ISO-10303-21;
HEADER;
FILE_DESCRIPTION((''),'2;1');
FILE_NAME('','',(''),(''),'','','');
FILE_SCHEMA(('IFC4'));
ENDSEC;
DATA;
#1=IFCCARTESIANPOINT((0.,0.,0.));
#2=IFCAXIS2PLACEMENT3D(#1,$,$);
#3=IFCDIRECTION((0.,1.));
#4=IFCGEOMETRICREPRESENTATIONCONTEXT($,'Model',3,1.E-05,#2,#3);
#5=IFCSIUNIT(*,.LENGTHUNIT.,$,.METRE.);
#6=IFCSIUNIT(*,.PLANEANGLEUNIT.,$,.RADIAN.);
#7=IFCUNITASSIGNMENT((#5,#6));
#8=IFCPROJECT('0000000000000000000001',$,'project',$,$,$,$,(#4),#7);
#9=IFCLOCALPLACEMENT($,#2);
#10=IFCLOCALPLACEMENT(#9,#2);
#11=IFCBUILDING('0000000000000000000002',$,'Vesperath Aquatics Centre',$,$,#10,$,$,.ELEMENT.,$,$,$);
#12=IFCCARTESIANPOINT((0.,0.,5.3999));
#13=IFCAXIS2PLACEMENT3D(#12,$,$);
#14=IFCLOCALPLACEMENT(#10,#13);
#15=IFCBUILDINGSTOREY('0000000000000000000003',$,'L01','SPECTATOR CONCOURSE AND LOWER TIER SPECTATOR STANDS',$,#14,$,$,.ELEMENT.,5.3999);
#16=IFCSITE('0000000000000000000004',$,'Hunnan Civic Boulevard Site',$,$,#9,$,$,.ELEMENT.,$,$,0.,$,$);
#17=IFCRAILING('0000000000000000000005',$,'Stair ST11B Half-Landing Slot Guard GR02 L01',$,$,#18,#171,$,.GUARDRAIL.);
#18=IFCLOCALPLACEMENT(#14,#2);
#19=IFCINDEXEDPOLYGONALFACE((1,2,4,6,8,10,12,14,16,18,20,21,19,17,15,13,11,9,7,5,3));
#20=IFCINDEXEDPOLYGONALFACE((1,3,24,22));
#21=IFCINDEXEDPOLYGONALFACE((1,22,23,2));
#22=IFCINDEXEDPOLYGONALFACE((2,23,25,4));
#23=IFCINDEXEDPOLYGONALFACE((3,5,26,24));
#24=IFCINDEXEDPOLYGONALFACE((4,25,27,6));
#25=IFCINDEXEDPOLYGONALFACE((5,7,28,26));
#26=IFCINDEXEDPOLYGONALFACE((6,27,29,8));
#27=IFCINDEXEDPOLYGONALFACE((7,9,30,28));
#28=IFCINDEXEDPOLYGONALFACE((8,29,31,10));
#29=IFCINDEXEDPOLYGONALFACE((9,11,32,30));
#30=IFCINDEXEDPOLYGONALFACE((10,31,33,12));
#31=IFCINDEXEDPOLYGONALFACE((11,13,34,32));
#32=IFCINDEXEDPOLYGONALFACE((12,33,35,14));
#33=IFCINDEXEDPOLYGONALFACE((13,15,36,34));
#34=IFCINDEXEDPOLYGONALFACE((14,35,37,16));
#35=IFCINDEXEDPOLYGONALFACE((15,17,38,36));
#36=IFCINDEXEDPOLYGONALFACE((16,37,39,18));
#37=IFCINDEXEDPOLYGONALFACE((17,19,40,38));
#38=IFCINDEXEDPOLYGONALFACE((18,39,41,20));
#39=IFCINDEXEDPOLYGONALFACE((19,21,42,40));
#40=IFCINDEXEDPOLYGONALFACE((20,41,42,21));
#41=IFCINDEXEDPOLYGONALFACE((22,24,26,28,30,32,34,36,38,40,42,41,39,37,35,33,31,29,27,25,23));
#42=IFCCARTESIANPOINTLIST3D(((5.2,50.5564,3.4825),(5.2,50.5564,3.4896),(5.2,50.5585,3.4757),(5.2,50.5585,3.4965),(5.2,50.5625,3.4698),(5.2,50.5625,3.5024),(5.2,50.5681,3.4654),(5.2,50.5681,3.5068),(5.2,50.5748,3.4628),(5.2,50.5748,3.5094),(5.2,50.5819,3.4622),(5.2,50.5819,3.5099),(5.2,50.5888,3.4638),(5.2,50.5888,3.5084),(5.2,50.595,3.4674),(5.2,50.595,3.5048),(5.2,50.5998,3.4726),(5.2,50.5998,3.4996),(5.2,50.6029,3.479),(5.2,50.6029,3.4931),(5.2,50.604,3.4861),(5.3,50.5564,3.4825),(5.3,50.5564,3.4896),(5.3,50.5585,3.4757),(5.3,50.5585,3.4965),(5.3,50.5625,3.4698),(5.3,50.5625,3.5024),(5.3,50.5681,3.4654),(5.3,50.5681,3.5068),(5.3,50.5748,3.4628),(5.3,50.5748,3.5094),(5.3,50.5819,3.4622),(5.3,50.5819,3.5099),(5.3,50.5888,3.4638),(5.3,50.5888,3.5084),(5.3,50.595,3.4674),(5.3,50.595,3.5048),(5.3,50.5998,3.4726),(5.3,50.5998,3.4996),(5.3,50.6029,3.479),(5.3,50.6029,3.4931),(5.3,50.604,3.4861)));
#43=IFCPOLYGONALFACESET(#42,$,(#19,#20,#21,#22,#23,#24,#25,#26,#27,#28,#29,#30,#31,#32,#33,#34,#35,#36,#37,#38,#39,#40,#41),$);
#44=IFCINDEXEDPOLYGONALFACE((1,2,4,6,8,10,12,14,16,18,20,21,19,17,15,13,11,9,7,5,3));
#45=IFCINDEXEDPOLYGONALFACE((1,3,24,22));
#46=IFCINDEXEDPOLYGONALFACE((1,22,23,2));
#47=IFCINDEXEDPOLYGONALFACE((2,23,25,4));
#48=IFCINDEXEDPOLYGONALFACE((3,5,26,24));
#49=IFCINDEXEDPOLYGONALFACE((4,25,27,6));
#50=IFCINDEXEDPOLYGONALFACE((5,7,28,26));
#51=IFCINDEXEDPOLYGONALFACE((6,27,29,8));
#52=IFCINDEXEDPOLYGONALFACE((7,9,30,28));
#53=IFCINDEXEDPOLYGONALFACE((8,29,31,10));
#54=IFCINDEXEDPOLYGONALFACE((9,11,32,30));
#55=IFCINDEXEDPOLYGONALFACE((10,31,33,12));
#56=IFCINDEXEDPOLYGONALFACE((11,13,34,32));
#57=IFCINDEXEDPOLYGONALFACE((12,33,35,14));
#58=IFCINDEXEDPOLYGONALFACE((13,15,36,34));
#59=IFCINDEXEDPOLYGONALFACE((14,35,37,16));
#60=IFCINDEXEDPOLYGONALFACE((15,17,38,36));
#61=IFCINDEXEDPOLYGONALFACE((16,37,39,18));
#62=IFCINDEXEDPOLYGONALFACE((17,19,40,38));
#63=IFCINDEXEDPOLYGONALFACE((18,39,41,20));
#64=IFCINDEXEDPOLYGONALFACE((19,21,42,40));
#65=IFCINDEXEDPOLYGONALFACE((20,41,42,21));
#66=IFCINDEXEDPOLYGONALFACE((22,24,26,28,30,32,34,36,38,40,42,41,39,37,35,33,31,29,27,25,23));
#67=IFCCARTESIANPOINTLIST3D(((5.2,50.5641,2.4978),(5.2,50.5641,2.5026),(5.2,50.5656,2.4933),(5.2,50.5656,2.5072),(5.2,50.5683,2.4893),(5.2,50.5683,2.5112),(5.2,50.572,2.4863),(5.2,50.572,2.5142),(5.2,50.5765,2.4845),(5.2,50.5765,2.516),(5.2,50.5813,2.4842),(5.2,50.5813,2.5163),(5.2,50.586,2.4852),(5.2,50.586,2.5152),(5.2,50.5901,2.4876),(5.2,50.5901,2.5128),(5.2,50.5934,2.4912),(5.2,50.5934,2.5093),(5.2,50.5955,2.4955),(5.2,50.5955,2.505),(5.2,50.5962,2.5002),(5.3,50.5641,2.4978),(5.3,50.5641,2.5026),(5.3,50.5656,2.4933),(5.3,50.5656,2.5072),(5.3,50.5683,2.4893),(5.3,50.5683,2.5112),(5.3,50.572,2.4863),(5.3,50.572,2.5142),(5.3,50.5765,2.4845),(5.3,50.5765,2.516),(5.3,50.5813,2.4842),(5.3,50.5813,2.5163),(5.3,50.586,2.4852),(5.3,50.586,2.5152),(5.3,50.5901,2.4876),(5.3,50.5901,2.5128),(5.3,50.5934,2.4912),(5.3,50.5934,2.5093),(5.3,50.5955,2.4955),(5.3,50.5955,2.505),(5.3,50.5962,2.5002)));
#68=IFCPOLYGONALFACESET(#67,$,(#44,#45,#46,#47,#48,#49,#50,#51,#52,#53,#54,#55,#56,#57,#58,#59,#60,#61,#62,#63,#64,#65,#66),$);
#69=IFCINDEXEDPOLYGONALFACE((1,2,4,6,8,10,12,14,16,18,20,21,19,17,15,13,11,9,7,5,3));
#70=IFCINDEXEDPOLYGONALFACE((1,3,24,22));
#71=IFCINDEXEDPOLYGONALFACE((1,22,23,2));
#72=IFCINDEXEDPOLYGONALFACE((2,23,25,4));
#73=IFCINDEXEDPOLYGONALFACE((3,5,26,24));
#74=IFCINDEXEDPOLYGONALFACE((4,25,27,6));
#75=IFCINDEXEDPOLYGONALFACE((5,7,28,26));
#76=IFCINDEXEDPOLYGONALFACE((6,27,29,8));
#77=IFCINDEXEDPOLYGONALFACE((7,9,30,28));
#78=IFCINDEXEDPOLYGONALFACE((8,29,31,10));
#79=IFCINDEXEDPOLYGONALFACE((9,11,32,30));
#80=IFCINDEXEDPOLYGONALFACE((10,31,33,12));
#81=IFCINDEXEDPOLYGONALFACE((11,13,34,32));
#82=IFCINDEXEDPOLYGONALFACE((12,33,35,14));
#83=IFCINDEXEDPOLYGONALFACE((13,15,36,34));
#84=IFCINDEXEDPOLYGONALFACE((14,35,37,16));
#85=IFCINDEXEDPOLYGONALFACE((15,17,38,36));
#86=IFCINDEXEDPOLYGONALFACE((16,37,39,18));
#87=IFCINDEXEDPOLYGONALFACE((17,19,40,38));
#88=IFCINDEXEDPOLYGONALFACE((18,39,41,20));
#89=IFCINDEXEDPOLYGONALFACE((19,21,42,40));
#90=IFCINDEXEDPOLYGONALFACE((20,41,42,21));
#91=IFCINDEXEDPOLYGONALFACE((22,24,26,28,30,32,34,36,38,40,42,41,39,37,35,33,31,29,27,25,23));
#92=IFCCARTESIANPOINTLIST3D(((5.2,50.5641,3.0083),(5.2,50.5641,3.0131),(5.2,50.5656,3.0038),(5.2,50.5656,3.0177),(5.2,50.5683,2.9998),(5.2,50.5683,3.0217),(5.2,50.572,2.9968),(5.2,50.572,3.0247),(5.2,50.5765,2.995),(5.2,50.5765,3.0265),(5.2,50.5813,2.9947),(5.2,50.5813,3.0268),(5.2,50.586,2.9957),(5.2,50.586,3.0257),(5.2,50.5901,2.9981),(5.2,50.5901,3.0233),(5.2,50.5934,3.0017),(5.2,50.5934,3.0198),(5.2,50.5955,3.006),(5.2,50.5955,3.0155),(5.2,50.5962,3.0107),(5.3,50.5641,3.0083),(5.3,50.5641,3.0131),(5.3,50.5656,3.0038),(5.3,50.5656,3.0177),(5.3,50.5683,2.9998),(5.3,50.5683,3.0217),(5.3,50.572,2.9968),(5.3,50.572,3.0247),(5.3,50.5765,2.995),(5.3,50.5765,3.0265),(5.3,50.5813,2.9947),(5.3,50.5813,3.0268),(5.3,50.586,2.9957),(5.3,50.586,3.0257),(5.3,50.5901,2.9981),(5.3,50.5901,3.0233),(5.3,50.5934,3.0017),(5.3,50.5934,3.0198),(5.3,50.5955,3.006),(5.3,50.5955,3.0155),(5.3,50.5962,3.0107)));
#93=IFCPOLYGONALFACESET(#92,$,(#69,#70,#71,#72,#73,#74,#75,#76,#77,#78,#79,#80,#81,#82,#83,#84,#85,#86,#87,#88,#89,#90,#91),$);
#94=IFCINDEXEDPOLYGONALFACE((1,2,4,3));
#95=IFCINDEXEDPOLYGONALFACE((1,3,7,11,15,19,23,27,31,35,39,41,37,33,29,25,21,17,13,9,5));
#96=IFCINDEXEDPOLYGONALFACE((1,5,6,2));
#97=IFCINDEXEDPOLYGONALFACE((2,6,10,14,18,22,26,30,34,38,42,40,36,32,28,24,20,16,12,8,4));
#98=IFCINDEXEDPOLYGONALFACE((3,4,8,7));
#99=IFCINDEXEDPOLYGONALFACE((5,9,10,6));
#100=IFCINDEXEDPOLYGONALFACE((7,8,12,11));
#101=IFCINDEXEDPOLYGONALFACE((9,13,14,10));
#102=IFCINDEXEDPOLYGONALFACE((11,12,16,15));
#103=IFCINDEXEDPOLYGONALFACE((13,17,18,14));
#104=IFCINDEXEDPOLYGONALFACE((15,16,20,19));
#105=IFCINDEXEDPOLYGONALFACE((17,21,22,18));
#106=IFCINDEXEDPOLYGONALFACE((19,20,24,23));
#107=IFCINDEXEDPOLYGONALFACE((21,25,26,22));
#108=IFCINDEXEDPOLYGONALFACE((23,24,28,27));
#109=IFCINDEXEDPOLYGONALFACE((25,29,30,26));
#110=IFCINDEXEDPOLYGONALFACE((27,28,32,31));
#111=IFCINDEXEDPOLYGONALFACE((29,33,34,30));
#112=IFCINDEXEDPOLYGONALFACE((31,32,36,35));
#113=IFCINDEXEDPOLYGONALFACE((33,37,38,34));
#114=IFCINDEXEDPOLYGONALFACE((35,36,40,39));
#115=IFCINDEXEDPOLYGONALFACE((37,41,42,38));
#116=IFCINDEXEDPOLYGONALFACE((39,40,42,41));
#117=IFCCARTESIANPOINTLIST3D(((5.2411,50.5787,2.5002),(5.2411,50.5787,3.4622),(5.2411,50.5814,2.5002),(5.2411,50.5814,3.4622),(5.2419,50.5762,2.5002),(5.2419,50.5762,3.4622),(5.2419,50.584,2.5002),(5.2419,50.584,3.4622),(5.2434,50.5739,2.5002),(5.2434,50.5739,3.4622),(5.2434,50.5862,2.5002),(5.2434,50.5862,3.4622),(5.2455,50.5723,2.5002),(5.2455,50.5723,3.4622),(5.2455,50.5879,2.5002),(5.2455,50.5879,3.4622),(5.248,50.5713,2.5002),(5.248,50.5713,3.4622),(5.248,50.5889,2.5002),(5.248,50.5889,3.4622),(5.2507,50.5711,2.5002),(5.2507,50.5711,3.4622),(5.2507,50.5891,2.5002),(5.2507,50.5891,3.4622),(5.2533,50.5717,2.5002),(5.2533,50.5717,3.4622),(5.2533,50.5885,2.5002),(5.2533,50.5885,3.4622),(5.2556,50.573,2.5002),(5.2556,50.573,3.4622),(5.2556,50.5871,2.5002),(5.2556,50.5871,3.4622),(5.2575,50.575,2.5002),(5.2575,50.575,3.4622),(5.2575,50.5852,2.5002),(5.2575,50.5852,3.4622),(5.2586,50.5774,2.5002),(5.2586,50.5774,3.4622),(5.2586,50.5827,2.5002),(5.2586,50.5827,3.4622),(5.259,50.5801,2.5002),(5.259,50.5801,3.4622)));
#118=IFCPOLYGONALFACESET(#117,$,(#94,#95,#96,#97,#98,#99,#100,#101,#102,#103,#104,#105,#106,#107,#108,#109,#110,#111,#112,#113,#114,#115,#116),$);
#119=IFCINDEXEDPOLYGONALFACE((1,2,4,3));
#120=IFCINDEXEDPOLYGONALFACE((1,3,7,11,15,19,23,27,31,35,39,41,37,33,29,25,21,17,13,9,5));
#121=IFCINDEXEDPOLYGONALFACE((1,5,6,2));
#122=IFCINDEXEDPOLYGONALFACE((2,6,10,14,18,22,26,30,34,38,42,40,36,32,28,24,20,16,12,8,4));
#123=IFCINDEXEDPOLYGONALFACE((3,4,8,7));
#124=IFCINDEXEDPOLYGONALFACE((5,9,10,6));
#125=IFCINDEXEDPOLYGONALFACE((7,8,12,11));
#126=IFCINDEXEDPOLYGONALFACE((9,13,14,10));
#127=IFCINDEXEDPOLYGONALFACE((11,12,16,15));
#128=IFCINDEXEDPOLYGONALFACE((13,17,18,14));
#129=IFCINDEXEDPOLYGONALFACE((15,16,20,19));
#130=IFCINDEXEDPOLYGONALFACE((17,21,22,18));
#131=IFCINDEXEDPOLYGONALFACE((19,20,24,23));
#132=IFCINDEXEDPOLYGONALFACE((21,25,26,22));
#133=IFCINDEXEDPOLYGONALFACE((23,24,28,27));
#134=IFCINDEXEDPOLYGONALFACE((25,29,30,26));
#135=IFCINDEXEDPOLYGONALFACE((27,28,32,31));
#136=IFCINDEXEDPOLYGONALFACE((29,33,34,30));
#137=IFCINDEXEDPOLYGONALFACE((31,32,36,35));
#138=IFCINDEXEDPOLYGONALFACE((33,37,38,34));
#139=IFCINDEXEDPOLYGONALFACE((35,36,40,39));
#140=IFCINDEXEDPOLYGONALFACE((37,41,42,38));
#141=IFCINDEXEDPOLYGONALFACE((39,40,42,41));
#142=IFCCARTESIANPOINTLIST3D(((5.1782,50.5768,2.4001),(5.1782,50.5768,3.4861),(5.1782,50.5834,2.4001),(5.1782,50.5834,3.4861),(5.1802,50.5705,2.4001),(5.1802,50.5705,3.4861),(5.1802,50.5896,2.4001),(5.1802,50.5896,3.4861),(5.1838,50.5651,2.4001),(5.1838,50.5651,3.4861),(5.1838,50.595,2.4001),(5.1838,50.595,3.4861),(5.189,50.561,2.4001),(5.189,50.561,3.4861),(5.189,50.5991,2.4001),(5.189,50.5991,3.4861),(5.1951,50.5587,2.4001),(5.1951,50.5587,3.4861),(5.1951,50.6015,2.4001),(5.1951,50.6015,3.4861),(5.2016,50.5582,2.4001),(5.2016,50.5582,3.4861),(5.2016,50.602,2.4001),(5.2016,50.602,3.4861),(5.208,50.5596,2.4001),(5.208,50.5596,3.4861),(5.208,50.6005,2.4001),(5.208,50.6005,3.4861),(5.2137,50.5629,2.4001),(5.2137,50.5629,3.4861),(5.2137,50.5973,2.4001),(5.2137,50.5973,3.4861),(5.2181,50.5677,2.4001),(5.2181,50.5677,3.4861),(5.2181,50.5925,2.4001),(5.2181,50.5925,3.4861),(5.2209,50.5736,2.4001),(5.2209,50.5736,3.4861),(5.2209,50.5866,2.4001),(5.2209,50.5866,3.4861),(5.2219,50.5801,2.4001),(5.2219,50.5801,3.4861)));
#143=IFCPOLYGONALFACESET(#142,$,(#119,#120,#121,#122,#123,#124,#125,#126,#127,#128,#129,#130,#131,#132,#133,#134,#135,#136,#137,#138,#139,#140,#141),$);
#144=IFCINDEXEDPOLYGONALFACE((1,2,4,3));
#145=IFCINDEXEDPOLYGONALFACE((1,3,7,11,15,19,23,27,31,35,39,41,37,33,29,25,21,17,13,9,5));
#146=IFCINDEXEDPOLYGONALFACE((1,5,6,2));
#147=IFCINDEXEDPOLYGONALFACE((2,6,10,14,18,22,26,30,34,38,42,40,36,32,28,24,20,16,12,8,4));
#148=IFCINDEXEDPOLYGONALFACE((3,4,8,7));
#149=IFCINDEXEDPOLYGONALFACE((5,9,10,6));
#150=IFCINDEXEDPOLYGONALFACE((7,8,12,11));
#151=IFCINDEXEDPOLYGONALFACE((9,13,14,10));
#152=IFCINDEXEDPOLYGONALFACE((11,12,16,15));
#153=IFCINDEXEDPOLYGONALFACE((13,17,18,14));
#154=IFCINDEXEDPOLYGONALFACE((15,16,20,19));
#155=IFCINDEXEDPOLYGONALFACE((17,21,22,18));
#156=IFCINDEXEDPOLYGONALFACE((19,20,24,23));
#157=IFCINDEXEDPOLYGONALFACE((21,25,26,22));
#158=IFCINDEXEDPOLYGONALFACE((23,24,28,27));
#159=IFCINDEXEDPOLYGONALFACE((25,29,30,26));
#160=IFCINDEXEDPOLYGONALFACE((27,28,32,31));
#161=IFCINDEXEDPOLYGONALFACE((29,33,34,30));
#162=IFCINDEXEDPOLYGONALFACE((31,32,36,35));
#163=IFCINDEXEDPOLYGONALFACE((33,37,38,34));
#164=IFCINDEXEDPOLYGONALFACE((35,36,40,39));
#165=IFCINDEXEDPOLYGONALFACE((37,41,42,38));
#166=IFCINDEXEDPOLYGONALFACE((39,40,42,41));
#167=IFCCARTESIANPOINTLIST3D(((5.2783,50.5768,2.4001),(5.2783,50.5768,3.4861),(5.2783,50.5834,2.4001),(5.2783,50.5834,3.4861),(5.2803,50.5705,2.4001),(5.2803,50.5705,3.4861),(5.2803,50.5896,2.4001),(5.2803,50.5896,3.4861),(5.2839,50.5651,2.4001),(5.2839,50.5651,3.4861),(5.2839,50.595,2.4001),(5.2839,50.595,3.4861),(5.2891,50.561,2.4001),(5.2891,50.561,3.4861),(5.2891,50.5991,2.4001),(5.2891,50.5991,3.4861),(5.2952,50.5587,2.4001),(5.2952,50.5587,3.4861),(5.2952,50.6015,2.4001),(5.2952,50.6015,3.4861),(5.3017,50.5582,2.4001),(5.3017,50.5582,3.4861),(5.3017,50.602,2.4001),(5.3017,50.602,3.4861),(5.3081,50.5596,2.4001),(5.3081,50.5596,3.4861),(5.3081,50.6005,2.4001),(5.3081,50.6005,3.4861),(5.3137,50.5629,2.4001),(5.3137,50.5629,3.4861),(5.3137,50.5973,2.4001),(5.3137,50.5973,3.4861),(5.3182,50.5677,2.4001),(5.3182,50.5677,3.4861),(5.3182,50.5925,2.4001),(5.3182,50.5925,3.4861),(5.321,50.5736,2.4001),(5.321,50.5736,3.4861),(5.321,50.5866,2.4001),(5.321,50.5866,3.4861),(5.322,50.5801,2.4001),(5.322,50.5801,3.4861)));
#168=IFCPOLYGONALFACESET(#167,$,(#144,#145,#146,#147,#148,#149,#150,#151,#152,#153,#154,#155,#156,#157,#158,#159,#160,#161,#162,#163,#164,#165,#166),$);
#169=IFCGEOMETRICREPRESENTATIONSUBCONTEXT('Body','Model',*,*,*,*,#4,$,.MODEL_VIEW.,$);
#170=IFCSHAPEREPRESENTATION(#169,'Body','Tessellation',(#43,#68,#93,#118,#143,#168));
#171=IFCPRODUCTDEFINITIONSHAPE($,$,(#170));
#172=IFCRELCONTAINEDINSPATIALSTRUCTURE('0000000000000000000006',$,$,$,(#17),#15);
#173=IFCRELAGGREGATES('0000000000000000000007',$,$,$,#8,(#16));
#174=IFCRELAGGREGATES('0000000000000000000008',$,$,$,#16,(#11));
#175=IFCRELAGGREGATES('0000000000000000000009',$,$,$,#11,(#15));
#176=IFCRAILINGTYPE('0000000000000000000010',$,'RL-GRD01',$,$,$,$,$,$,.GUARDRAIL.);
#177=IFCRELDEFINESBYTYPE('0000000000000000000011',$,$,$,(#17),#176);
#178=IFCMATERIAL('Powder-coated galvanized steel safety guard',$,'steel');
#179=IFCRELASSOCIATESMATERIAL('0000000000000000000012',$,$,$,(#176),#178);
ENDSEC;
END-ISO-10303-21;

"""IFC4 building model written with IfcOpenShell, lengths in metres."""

from ifc_helpers import new_model, si_unit, direction, frame, origin, origin_2d, place, context, subcontext, project, spatial, circle, extrude, material, type_object, element, save


model = new_model("IFC4")

# Units and contexts
model_context = context("Model", 3, precision=1e-05, world=origin(), true_north=direction((0.0, 1.0)))
body_context = subcontext(model_context, "Body", "Model", "MODEL_VIEW")
ifc_project = project(units=[si_unit("LENGTHUNIT", "METRE"), si_unit("PLANEANGLEUNIT", "RADIAN")], contexts=[model_context])

# Site, building, storey
site_placement = place(None, origin())
site = spatial("IfcSite", under=ifc_project, at=site_placement, Name="Hunnan Civic Boulevard Site", CompositionType="ELEMENT", RefElevation=0.0)
building_placement = place(site_placement, origin())
building = spatial("IfcBuilding", under=site, at=building_placement, Name="Vesperath Aquatics Centre", CompositionType="ELEMENT")
storey_placement = place(building_placement, frame((0.0, 0.0, 5.3999)))
storey = spatial("IfcBuildingStorey", under=building, at=storey_placement, Name="L01", Description="SPECTATOR CONCOURSE AND LOWER TIER SPECTATOR STANDS", CompositionType="ELEMENT", Elevation=5.3999)

# Railing
ifc_material_1 = material(Name="Powder-coated galvanized steel safety guard", Category="steel")
railing_type_1 = type_object("IfcRailingType", Name="RL-GRD01", PredefinedType="GUARDRAIL", material=ifc_material_1)
railing_1_placement = place(storey_placement, frame((5.2, 50.5801, 2.4001)))
element("IfcRailing", 1, at=railing_1_placement, inside=storey, type_object=railing_type_1, Name="Stair ST11B Half-Landing Slot Guard GR02 L01", PredefinedType="GUARDRAIL", context=body_context, shape_type="SweptSolid", body=[
    extrude(circle(Radius=0.0239, at=origin_2d()), frame((0.0, 0.0, 1.0859), z_axis=(1.0, 0.0, 0.0), x_axis=(0.0, 1.0, 0.0)), (0.0, 0.0, 1.0), 0.1001),
    extrude(circle(Radius=0.0161, at=origin_2d()), frame((0.0, 0.0, 0.1001), z_axis=(1.0, 0.0, 0.0), x_axis=(0.0, 1.0, 0.0)), (0.0, 0.0, 1.0), 0.1001),
    extrude(circle(Radius=0.0161, at=origin_2d()), frame((0.0, 0.0, 0.6106), z_axis=(1.0, 0.0, 0.0), x_axis=(0.0, 1.0, 0.0)), (0.0, 0.0, 1.0), 0.1001),
    extrude(circle(Radius=0.009, at=origin_2d()), frame((0.05, 0.0, 0.1001)), (0.0, 0.0, 1.0), 0.9619),
    extrude(circle(Radius=0.022, at=origin_2d()), origin(), (0.0, 0.0, 1.0), 1.0859),
    extrude(circle(Radius=0.022, at=origin_2d()), frame((0.1001, 0.0, 0.0)), (0.0, 0.0, 1.0), 1.0859),
])

save(model, "model.ifc")
